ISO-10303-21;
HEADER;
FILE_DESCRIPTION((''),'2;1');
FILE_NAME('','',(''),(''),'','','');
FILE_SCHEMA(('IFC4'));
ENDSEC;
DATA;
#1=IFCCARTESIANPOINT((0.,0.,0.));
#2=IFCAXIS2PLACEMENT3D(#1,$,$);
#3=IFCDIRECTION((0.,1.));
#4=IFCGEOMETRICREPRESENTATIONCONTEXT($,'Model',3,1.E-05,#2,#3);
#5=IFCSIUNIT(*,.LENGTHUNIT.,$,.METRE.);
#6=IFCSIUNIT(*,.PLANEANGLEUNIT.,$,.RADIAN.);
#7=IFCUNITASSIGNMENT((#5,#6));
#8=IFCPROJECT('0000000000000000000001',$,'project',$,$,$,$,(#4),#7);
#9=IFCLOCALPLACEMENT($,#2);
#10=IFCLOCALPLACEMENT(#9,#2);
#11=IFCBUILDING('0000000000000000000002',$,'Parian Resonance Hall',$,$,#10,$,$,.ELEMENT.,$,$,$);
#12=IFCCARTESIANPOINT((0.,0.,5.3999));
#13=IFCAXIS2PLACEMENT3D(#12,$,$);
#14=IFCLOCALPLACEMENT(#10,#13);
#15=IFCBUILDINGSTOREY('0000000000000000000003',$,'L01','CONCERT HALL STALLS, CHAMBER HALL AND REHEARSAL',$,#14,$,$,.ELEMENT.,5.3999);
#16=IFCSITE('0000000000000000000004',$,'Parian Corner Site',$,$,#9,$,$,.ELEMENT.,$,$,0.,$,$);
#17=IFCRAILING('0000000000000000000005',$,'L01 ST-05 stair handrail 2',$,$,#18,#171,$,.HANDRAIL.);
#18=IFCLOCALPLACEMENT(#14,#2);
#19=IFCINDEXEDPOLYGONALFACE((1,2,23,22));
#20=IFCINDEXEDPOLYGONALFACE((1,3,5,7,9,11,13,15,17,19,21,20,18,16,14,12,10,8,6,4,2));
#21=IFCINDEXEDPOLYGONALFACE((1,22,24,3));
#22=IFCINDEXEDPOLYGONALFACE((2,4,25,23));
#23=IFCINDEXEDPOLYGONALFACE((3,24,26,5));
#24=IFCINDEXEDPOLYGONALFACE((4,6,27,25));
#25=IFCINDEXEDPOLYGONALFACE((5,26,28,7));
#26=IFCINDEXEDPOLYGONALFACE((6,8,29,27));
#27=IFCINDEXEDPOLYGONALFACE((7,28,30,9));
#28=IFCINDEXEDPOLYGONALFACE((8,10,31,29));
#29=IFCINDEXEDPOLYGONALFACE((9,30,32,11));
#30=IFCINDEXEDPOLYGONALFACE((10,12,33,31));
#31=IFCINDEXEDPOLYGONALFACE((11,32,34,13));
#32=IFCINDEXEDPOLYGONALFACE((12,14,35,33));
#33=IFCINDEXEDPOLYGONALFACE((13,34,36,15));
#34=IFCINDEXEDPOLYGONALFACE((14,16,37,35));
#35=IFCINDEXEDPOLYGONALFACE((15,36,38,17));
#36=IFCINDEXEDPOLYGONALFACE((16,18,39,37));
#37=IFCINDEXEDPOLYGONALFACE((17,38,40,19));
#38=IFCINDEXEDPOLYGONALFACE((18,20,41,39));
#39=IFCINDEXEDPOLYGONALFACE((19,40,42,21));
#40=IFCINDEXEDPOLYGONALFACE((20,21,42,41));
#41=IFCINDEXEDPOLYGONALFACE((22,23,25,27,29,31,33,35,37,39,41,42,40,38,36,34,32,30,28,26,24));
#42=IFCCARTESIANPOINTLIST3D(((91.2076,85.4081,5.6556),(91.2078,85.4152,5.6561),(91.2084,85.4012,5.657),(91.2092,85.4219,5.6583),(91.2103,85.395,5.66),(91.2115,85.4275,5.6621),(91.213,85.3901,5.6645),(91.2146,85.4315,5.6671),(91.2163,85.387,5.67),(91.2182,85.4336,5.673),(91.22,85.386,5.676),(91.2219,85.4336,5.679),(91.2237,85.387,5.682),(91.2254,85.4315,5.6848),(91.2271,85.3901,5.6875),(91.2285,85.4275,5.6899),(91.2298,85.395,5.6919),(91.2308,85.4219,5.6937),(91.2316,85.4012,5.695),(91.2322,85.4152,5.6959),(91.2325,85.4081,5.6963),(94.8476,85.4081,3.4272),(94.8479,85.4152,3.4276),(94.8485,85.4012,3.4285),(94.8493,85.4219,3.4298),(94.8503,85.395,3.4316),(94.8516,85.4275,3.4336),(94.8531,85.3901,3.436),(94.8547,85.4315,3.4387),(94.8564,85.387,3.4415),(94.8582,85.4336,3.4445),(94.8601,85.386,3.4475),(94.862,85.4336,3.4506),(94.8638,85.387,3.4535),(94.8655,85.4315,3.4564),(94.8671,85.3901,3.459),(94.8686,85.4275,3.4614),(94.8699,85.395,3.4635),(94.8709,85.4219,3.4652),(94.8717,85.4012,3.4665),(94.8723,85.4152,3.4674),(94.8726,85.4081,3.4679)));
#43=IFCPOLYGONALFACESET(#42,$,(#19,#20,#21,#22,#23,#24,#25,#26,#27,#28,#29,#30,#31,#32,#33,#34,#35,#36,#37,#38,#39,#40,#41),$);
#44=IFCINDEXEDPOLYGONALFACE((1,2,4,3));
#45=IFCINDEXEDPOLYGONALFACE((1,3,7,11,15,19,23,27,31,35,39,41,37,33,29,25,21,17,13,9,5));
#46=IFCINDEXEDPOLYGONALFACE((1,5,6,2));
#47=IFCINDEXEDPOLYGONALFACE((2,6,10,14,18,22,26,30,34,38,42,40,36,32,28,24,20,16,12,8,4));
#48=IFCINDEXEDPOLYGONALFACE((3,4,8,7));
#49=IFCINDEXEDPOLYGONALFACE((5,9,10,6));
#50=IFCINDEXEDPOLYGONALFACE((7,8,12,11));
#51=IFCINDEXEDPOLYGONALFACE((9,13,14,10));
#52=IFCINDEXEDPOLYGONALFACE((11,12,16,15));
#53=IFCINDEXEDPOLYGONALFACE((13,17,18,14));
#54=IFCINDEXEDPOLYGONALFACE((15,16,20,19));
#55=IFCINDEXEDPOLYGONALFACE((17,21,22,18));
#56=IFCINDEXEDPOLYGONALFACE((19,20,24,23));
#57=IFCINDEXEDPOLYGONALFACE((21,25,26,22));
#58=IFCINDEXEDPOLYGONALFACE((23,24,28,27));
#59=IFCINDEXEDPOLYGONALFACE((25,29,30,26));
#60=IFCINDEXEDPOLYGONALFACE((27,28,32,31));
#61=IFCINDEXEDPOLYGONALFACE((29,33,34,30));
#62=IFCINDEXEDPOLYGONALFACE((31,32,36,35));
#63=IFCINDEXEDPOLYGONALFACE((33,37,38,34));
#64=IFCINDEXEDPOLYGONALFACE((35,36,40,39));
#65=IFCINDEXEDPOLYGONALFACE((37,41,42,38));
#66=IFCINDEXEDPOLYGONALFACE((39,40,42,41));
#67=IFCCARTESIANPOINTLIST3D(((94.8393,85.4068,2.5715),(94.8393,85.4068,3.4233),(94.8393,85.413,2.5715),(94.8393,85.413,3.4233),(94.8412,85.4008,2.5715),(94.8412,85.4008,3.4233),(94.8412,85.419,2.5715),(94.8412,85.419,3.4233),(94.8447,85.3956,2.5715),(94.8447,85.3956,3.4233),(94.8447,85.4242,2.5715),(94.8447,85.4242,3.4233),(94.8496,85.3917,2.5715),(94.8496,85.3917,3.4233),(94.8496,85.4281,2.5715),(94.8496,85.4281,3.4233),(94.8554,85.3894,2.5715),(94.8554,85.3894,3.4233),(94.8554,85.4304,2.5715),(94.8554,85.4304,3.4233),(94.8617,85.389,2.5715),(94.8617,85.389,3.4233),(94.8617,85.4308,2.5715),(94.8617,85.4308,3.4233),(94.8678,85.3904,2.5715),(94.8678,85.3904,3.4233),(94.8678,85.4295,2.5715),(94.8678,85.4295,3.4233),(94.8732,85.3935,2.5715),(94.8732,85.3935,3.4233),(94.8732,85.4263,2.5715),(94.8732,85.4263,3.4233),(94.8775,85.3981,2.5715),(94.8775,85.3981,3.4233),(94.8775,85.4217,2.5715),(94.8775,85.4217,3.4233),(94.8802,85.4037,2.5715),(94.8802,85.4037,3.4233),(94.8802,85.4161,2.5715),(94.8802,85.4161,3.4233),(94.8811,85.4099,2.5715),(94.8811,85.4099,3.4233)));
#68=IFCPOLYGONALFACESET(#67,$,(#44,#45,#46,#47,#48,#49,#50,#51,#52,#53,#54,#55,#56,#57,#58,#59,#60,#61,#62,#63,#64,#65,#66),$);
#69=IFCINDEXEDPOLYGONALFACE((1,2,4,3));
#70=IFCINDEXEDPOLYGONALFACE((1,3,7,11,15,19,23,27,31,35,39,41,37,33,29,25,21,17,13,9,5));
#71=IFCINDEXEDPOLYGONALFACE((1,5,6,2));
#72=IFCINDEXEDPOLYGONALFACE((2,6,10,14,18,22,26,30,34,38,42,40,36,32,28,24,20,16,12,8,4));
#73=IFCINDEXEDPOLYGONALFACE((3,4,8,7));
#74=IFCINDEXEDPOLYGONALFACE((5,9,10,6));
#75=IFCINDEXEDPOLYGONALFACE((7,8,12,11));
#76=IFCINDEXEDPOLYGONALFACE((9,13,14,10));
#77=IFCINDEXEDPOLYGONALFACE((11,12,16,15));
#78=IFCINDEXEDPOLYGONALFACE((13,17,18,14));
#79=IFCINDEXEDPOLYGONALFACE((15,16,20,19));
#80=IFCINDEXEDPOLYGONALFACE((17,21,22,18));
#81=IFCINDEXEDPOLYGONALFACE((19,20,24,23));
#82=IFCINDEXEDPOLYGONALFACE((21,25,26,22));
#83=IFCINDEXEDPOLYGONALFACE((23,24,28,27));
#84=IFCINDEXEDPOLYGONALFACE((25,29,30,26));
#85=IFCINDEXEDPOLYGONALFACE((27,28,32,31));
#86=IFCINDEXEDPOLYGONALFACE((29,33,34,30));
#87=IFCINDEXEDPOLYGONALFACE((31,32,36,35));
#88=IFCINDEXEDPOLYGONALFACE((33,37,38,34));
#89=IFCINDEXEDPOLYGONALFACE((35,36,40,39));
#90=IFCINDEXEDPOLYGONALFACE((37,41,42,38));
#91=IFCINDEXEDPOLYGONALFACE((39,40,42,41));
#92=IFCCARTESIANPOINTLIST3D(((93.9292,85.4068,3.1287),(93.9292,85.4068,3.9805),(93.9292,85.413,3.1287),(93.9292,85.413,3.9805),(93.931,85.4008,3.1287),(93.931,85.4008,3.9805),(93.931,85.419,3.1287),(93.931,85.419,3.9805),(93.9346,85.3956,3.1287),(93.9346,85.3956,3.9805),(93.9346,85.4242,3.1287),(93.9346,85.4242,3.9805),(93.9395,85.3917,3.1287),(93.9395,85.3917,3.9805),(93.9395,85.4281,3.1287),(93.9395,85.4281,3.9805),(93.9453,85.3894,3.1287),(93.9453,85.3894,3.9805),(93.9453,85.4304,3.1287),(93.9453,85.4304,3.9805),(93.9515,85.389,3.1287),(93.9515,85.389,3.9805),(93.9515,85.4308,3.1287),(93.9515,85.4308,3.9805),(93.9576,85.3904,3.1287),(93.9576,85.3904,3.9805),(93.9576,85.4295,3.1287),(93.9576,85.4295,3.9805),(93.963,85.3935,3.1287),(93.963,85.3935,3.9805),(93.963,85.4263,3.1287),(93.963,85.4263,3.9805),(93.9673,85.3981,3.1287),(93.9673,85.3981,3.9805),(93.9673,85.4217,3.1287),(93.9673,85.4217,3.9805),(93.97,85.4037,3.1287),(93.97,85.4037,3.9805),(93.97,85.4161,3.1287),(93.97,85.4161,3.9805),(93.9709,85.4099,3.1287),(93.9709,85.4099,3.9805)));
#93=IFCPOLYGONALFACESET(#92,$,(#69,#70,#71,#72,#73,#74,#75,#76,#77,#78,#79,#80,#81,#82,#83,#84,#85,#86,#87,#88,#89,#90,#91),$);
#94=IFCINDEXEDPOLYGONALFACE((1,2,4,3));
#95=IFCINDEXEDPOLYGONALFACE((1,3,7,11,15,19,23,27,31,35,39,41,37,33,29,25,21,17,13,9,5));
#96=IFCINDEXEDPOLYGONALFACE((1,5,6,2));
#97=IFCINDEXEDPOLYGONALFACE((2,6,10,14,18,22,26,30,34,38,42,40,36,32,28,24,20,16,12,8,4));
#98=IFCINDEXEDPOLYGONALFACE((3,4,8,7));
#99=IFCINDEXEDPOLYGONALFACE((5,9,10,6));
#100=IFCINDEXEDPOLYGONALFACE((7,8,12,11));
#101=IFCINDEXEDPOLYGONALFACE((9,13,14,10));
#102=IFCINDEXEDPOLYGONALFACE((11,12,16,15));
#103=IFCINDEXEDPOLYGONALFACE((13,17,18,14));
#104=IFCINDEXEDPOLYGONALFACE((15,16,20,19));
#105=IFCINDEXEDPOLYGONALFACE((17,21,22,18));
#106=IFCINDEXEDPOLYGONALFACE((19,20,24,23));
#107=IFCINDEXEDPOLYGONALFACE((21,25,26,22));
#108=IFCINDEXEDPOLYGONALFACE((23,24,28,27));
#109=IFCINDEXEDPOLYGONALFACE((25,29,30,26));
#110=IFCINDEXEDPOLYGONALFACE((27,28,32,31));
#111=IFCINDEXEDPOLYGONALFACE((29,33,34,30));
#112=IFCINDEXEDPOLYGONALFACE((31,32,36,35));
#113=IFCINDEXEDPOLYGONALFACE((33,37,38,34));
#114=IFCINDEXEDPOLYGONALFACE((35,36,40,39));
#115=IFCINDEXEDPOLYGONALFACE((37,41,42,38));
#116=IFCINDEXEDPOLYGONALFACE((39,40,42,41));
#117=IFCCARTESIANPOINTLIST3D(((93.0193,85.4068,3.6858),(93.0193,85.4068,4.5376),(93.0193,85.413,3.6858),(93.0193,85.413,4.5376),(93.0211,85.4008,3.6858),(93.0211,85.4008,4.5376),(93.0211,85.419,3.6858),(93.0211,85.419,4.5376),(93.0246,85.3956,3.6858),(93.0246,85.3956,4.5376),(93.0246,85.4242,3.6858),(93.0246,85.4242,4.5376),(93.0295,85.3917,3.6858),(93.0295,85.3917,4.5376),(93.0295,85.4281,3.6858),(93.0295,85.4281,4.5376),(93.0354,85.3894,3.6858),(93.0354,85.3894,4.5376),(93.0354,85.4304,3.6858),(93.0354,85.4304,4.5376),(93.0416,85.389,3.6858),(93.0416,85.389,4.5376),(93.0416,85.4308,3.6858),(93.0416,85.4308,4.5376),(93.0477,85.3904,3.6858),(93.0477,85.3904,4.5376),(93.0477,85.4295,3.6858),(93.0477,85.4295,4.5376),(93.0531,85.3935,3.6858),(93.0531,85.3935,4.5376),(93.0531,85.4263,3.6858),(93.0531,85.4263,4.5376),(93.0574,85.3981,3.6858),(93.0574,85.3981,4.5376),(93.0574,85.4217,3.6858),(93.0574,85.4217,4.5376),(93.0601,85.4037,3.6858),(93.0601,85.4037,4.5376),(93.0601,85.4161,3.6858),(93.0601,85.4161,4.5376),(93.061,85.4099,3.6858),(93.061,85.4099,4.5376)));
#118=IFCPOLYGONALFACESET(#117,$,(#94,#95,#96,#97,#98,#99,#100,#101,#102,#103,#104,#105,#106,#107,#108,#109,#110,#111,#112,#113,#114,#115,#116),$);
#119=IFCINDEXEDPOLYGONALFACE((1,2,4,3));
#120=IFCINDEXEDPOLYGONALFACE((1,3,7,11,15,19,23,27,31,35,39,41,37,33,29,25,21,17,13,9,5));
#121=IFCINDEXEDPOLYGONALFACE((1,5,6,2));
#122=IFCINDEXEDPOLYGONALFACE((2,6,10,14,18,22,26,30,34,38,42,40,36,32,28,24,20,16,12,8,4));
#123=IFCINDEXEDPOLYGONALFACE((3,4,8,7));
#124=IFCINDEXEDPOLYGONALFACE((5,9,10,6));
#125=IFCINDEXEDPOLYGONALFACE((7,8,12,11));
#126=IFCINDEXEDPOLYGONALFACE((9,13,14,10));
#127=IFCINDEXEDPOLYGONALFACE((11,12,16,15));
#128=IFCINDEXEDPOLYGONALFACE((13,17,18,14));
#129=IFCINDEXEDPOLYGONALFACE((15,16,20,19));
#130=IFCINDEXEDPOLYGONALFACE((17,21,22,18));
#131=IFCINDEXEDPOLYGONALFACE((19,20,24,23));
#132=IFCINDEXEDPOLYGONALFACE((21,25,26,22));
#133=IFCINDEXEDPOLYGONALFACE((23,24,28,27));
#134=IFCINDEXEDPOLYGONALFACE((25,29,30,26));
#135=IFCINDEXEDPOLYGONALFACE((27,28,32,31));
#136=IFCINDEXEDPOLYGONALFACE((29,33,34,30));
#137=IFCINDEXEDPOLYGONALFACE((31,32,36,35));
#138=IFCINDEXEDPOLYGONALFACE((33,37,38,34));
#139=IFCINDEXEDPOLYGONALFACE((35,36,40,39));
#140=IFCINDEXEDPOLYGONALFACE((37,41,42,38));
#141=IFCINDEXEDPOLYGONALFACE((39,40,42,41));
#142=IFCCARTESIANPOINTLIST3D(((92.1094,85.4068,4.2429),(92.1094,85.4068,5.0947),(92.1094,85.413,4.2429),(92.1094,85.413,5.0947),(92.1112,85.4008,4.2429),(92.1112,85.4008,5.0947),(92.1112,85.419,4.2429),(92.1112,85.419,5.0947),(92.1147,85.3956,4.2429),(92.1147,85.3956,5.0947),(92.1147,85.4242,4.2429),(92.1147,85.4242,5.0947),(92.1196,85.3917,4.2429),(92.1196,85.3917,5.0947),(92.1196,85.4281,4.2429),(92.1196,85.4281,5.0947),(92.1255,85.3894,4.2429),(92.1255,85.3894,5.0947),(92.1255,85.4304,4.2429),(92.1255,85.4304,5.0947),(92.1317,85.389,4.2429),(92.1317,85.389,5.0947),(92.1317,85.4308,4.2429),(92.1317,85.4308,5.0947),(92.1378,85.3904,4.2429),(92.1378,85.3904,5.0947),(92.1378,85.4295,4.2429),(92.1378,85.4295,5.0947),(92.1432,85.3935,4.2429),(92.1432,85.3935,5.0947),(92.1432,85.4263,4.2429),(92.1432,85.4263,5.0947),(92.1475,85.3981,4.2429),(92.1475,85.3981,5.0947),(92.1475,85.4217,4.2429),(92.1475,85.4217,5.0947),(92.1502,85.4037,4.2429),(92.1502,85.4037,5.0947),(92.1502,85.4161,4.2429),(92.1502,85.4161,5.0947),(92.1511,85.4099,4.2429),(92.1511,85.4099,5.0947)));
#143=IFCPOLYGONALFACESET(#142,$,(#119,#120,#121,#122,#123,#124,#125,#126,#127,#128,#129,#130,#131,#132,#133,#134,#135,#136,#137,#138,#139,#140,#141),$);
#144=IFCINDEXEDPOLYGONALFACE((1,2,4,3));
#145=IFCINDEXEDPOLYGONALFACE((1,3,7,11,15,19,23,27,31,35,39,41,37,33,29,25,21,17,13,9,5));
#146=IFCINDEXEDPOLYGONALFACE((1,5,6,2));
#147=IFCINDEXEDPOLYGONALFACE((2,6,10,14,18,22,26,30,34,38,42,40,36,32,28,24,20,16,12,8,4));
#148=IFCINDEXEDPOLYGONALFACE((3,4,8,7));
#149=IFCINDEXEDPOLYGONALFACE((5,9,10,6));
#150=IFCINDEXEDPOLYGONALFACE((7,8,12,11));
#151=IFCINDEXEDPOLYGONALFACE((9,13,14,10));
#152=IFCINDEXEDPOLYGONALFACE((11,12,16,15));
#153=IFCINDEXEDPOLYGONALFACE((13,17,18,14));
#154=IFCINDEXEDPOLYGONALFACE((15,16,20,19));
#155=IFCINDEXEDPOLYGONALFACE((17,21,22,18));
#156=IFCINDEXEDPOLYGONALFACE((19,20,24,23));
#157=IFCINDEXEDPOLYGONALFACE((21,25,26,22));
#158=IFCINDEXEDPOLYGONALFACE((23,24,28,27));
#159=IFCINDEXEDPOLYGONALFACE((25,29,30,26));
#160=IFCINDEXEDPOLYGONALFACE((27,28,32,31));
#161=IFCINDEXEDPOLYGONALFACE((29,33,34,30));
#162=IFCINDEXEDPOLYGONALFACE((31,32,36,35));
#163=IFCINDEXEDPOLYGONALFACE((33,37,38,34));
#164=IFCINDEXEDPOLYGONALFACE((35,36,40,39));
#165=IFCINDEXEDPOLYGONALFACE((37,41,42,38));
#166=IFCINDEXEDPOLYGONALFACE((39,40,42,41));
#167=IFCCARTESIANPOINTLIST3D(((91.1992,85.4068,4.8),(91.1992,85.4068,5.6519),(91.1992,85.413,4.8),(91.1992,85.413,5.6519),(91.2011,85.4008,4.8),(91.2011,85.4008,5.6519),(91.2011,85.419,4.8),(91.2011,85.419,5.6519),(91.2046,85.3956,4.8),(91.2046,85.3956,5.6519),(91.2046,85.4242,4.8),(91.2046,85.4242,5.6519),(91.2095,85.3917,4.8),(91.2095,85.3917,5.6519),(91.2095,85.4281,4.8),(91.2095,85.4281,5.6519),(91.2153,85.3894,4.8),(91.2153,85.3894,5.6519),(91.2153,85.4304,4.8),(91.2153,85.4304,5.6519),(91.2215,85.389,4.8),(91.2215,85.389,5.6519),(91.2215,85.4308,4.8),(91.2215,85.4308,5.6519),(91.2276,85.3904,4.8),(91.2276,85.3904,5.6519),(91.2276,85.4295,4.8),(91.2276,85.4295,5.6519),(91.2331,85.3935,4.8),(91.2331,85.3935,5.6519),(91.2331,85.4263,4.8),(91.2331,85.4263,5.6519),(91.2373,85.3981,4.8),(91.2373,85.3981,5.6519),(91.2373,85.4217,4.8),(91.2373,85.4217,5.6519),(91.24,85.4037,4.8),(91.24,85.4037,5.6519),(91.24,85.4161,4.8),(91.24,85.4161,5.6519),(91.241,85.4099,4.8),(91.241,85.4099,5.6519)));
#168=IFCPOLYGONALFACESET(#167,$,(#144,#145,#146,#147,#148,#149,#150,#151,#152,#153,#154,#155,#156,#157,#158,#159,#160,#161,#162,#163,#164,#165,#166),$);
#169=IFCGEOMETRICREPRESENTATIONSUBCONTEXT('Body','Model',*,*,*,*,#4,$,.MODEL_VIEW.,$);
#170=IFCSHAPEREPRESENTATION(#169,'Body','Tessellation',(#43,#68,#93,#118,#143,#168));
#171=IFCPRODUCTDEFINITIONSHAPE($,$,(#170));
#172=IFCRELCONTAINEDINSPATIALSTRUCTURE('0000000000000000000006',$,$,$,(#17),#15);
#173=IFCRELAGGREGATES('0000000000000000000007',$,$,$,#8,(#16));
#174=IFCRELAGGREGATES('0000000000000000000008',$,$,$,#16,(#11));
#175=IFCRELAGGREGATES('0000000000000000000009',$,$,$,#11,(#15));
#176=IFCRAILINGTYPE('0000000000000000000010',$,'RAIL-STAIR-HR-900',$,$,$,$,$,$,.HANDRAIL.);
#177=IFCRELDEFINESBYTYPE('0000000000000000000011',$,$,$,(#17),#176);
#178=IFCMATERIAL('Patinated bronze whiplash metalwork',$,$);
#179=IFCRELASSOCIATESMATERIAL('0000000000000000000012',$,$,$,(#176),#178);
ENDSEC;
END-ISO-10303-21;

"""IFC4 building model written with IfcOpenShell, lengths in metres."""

from ifc_helpers import new_model, si_unit, direction, frame, origin, origin_2d, place, context, subcontext, project, spatial, circle, extrude, material, type_object, element, save


model = new_model("IFC4")

# Units and contexts
model_context = context("Model", 3, precision=1e-05, world=origin(), true_north=direction((0.0, 1.0)))
body_context = subcontext(model_context, "Body", "Model", "MODEL_VIEW")
ifc_project = project(units=[si_unit("LENGTHUNIT", "METRE"), si_unit("PLANEANGLEUNIT", "RADIAN")], contexts=[model_context])

# Site, building, storey
site_placement = place(None, origin())
site = spatial("IfcSite", under=ifc_project, at=site_placement, Name="Parian Corner Site", CompositionType="ELEMENT", RefElevation=0.0)
building_placement = place(site_placement, origin())
building = spatial("IfcBuilding", under=site, at=building_placement, Name="Parian Resonance Hall", CompositionType="ELEMENT")
storey_placement = place(building_placement, frame((0.0, 0.0, 5.3999)))
storey = spatial("IfcBuildingStorey", under=building, at=storey_placement, Name="L01", Description="CONCERT HALL STALLS, CHAMBER HALL AND REHEARSAL", CompositionType="ELEMENT", Elevation=5.3999)

# Railing
ifc_material_1 = material(Name="Patinated bronze whiplash metalwork")
railing_type_1 = type_object("IfcRailingType", Name="RAIL-STAIR-HR-900", PredefinedType="HANDRAIL", material=ifc_material_1)
railing_1_placement = place(storey_placement, frame((94.8601, 85.4099, 2.5715)))
element("IfcRailing", 1, at=railing_1_placement, inside=storey, type_object=railing_type_1, Name="L01 ST-05 stair handrail 2", PredefinedType="HANDRAIL", context=body_context, shape_type="SweptSolid", body=[
    extrude(circle(Radius=0.0239, at=origin_2d()), frame((0.0, 0.0, 0.876), z_axis=(-0.852866, 0.0, 0.52213), x_axis=(0.0, -1.0, 0.0)), (0.0, 0.0, 1.0), 4.2681),
    extrude(circle(Radius=0.021, at=origin_2d()), origin(), (0.0, 0.0, 1.0), 0.8518),
    extrude(circle(Radius=0.021, at=origin_2d()), frame((-0.9102, 0.0, 0.5571)), (0.0, 0.0, 1.0), 0.8518),
    extrude(circle(Radius=0.021, at=origin_2d()), frame((-1.8201, 0.0, 1.1143)), (0.0, 0.0, 1.0), 0.8518),
    extrude(circle(Radius=0.021, at=origin_2d()), frame((-2.73, 0.0, 1.6714)), (0.0, 0.0, 1.0), 0.8518),
    extrude(circle(Radius=0.021, at=origin_2d()), frame((-3.6401, 0.0, 2.2285)), (0.0, 0.0, 1.0), 0.8518),
])

save(model, "model.ifc")
